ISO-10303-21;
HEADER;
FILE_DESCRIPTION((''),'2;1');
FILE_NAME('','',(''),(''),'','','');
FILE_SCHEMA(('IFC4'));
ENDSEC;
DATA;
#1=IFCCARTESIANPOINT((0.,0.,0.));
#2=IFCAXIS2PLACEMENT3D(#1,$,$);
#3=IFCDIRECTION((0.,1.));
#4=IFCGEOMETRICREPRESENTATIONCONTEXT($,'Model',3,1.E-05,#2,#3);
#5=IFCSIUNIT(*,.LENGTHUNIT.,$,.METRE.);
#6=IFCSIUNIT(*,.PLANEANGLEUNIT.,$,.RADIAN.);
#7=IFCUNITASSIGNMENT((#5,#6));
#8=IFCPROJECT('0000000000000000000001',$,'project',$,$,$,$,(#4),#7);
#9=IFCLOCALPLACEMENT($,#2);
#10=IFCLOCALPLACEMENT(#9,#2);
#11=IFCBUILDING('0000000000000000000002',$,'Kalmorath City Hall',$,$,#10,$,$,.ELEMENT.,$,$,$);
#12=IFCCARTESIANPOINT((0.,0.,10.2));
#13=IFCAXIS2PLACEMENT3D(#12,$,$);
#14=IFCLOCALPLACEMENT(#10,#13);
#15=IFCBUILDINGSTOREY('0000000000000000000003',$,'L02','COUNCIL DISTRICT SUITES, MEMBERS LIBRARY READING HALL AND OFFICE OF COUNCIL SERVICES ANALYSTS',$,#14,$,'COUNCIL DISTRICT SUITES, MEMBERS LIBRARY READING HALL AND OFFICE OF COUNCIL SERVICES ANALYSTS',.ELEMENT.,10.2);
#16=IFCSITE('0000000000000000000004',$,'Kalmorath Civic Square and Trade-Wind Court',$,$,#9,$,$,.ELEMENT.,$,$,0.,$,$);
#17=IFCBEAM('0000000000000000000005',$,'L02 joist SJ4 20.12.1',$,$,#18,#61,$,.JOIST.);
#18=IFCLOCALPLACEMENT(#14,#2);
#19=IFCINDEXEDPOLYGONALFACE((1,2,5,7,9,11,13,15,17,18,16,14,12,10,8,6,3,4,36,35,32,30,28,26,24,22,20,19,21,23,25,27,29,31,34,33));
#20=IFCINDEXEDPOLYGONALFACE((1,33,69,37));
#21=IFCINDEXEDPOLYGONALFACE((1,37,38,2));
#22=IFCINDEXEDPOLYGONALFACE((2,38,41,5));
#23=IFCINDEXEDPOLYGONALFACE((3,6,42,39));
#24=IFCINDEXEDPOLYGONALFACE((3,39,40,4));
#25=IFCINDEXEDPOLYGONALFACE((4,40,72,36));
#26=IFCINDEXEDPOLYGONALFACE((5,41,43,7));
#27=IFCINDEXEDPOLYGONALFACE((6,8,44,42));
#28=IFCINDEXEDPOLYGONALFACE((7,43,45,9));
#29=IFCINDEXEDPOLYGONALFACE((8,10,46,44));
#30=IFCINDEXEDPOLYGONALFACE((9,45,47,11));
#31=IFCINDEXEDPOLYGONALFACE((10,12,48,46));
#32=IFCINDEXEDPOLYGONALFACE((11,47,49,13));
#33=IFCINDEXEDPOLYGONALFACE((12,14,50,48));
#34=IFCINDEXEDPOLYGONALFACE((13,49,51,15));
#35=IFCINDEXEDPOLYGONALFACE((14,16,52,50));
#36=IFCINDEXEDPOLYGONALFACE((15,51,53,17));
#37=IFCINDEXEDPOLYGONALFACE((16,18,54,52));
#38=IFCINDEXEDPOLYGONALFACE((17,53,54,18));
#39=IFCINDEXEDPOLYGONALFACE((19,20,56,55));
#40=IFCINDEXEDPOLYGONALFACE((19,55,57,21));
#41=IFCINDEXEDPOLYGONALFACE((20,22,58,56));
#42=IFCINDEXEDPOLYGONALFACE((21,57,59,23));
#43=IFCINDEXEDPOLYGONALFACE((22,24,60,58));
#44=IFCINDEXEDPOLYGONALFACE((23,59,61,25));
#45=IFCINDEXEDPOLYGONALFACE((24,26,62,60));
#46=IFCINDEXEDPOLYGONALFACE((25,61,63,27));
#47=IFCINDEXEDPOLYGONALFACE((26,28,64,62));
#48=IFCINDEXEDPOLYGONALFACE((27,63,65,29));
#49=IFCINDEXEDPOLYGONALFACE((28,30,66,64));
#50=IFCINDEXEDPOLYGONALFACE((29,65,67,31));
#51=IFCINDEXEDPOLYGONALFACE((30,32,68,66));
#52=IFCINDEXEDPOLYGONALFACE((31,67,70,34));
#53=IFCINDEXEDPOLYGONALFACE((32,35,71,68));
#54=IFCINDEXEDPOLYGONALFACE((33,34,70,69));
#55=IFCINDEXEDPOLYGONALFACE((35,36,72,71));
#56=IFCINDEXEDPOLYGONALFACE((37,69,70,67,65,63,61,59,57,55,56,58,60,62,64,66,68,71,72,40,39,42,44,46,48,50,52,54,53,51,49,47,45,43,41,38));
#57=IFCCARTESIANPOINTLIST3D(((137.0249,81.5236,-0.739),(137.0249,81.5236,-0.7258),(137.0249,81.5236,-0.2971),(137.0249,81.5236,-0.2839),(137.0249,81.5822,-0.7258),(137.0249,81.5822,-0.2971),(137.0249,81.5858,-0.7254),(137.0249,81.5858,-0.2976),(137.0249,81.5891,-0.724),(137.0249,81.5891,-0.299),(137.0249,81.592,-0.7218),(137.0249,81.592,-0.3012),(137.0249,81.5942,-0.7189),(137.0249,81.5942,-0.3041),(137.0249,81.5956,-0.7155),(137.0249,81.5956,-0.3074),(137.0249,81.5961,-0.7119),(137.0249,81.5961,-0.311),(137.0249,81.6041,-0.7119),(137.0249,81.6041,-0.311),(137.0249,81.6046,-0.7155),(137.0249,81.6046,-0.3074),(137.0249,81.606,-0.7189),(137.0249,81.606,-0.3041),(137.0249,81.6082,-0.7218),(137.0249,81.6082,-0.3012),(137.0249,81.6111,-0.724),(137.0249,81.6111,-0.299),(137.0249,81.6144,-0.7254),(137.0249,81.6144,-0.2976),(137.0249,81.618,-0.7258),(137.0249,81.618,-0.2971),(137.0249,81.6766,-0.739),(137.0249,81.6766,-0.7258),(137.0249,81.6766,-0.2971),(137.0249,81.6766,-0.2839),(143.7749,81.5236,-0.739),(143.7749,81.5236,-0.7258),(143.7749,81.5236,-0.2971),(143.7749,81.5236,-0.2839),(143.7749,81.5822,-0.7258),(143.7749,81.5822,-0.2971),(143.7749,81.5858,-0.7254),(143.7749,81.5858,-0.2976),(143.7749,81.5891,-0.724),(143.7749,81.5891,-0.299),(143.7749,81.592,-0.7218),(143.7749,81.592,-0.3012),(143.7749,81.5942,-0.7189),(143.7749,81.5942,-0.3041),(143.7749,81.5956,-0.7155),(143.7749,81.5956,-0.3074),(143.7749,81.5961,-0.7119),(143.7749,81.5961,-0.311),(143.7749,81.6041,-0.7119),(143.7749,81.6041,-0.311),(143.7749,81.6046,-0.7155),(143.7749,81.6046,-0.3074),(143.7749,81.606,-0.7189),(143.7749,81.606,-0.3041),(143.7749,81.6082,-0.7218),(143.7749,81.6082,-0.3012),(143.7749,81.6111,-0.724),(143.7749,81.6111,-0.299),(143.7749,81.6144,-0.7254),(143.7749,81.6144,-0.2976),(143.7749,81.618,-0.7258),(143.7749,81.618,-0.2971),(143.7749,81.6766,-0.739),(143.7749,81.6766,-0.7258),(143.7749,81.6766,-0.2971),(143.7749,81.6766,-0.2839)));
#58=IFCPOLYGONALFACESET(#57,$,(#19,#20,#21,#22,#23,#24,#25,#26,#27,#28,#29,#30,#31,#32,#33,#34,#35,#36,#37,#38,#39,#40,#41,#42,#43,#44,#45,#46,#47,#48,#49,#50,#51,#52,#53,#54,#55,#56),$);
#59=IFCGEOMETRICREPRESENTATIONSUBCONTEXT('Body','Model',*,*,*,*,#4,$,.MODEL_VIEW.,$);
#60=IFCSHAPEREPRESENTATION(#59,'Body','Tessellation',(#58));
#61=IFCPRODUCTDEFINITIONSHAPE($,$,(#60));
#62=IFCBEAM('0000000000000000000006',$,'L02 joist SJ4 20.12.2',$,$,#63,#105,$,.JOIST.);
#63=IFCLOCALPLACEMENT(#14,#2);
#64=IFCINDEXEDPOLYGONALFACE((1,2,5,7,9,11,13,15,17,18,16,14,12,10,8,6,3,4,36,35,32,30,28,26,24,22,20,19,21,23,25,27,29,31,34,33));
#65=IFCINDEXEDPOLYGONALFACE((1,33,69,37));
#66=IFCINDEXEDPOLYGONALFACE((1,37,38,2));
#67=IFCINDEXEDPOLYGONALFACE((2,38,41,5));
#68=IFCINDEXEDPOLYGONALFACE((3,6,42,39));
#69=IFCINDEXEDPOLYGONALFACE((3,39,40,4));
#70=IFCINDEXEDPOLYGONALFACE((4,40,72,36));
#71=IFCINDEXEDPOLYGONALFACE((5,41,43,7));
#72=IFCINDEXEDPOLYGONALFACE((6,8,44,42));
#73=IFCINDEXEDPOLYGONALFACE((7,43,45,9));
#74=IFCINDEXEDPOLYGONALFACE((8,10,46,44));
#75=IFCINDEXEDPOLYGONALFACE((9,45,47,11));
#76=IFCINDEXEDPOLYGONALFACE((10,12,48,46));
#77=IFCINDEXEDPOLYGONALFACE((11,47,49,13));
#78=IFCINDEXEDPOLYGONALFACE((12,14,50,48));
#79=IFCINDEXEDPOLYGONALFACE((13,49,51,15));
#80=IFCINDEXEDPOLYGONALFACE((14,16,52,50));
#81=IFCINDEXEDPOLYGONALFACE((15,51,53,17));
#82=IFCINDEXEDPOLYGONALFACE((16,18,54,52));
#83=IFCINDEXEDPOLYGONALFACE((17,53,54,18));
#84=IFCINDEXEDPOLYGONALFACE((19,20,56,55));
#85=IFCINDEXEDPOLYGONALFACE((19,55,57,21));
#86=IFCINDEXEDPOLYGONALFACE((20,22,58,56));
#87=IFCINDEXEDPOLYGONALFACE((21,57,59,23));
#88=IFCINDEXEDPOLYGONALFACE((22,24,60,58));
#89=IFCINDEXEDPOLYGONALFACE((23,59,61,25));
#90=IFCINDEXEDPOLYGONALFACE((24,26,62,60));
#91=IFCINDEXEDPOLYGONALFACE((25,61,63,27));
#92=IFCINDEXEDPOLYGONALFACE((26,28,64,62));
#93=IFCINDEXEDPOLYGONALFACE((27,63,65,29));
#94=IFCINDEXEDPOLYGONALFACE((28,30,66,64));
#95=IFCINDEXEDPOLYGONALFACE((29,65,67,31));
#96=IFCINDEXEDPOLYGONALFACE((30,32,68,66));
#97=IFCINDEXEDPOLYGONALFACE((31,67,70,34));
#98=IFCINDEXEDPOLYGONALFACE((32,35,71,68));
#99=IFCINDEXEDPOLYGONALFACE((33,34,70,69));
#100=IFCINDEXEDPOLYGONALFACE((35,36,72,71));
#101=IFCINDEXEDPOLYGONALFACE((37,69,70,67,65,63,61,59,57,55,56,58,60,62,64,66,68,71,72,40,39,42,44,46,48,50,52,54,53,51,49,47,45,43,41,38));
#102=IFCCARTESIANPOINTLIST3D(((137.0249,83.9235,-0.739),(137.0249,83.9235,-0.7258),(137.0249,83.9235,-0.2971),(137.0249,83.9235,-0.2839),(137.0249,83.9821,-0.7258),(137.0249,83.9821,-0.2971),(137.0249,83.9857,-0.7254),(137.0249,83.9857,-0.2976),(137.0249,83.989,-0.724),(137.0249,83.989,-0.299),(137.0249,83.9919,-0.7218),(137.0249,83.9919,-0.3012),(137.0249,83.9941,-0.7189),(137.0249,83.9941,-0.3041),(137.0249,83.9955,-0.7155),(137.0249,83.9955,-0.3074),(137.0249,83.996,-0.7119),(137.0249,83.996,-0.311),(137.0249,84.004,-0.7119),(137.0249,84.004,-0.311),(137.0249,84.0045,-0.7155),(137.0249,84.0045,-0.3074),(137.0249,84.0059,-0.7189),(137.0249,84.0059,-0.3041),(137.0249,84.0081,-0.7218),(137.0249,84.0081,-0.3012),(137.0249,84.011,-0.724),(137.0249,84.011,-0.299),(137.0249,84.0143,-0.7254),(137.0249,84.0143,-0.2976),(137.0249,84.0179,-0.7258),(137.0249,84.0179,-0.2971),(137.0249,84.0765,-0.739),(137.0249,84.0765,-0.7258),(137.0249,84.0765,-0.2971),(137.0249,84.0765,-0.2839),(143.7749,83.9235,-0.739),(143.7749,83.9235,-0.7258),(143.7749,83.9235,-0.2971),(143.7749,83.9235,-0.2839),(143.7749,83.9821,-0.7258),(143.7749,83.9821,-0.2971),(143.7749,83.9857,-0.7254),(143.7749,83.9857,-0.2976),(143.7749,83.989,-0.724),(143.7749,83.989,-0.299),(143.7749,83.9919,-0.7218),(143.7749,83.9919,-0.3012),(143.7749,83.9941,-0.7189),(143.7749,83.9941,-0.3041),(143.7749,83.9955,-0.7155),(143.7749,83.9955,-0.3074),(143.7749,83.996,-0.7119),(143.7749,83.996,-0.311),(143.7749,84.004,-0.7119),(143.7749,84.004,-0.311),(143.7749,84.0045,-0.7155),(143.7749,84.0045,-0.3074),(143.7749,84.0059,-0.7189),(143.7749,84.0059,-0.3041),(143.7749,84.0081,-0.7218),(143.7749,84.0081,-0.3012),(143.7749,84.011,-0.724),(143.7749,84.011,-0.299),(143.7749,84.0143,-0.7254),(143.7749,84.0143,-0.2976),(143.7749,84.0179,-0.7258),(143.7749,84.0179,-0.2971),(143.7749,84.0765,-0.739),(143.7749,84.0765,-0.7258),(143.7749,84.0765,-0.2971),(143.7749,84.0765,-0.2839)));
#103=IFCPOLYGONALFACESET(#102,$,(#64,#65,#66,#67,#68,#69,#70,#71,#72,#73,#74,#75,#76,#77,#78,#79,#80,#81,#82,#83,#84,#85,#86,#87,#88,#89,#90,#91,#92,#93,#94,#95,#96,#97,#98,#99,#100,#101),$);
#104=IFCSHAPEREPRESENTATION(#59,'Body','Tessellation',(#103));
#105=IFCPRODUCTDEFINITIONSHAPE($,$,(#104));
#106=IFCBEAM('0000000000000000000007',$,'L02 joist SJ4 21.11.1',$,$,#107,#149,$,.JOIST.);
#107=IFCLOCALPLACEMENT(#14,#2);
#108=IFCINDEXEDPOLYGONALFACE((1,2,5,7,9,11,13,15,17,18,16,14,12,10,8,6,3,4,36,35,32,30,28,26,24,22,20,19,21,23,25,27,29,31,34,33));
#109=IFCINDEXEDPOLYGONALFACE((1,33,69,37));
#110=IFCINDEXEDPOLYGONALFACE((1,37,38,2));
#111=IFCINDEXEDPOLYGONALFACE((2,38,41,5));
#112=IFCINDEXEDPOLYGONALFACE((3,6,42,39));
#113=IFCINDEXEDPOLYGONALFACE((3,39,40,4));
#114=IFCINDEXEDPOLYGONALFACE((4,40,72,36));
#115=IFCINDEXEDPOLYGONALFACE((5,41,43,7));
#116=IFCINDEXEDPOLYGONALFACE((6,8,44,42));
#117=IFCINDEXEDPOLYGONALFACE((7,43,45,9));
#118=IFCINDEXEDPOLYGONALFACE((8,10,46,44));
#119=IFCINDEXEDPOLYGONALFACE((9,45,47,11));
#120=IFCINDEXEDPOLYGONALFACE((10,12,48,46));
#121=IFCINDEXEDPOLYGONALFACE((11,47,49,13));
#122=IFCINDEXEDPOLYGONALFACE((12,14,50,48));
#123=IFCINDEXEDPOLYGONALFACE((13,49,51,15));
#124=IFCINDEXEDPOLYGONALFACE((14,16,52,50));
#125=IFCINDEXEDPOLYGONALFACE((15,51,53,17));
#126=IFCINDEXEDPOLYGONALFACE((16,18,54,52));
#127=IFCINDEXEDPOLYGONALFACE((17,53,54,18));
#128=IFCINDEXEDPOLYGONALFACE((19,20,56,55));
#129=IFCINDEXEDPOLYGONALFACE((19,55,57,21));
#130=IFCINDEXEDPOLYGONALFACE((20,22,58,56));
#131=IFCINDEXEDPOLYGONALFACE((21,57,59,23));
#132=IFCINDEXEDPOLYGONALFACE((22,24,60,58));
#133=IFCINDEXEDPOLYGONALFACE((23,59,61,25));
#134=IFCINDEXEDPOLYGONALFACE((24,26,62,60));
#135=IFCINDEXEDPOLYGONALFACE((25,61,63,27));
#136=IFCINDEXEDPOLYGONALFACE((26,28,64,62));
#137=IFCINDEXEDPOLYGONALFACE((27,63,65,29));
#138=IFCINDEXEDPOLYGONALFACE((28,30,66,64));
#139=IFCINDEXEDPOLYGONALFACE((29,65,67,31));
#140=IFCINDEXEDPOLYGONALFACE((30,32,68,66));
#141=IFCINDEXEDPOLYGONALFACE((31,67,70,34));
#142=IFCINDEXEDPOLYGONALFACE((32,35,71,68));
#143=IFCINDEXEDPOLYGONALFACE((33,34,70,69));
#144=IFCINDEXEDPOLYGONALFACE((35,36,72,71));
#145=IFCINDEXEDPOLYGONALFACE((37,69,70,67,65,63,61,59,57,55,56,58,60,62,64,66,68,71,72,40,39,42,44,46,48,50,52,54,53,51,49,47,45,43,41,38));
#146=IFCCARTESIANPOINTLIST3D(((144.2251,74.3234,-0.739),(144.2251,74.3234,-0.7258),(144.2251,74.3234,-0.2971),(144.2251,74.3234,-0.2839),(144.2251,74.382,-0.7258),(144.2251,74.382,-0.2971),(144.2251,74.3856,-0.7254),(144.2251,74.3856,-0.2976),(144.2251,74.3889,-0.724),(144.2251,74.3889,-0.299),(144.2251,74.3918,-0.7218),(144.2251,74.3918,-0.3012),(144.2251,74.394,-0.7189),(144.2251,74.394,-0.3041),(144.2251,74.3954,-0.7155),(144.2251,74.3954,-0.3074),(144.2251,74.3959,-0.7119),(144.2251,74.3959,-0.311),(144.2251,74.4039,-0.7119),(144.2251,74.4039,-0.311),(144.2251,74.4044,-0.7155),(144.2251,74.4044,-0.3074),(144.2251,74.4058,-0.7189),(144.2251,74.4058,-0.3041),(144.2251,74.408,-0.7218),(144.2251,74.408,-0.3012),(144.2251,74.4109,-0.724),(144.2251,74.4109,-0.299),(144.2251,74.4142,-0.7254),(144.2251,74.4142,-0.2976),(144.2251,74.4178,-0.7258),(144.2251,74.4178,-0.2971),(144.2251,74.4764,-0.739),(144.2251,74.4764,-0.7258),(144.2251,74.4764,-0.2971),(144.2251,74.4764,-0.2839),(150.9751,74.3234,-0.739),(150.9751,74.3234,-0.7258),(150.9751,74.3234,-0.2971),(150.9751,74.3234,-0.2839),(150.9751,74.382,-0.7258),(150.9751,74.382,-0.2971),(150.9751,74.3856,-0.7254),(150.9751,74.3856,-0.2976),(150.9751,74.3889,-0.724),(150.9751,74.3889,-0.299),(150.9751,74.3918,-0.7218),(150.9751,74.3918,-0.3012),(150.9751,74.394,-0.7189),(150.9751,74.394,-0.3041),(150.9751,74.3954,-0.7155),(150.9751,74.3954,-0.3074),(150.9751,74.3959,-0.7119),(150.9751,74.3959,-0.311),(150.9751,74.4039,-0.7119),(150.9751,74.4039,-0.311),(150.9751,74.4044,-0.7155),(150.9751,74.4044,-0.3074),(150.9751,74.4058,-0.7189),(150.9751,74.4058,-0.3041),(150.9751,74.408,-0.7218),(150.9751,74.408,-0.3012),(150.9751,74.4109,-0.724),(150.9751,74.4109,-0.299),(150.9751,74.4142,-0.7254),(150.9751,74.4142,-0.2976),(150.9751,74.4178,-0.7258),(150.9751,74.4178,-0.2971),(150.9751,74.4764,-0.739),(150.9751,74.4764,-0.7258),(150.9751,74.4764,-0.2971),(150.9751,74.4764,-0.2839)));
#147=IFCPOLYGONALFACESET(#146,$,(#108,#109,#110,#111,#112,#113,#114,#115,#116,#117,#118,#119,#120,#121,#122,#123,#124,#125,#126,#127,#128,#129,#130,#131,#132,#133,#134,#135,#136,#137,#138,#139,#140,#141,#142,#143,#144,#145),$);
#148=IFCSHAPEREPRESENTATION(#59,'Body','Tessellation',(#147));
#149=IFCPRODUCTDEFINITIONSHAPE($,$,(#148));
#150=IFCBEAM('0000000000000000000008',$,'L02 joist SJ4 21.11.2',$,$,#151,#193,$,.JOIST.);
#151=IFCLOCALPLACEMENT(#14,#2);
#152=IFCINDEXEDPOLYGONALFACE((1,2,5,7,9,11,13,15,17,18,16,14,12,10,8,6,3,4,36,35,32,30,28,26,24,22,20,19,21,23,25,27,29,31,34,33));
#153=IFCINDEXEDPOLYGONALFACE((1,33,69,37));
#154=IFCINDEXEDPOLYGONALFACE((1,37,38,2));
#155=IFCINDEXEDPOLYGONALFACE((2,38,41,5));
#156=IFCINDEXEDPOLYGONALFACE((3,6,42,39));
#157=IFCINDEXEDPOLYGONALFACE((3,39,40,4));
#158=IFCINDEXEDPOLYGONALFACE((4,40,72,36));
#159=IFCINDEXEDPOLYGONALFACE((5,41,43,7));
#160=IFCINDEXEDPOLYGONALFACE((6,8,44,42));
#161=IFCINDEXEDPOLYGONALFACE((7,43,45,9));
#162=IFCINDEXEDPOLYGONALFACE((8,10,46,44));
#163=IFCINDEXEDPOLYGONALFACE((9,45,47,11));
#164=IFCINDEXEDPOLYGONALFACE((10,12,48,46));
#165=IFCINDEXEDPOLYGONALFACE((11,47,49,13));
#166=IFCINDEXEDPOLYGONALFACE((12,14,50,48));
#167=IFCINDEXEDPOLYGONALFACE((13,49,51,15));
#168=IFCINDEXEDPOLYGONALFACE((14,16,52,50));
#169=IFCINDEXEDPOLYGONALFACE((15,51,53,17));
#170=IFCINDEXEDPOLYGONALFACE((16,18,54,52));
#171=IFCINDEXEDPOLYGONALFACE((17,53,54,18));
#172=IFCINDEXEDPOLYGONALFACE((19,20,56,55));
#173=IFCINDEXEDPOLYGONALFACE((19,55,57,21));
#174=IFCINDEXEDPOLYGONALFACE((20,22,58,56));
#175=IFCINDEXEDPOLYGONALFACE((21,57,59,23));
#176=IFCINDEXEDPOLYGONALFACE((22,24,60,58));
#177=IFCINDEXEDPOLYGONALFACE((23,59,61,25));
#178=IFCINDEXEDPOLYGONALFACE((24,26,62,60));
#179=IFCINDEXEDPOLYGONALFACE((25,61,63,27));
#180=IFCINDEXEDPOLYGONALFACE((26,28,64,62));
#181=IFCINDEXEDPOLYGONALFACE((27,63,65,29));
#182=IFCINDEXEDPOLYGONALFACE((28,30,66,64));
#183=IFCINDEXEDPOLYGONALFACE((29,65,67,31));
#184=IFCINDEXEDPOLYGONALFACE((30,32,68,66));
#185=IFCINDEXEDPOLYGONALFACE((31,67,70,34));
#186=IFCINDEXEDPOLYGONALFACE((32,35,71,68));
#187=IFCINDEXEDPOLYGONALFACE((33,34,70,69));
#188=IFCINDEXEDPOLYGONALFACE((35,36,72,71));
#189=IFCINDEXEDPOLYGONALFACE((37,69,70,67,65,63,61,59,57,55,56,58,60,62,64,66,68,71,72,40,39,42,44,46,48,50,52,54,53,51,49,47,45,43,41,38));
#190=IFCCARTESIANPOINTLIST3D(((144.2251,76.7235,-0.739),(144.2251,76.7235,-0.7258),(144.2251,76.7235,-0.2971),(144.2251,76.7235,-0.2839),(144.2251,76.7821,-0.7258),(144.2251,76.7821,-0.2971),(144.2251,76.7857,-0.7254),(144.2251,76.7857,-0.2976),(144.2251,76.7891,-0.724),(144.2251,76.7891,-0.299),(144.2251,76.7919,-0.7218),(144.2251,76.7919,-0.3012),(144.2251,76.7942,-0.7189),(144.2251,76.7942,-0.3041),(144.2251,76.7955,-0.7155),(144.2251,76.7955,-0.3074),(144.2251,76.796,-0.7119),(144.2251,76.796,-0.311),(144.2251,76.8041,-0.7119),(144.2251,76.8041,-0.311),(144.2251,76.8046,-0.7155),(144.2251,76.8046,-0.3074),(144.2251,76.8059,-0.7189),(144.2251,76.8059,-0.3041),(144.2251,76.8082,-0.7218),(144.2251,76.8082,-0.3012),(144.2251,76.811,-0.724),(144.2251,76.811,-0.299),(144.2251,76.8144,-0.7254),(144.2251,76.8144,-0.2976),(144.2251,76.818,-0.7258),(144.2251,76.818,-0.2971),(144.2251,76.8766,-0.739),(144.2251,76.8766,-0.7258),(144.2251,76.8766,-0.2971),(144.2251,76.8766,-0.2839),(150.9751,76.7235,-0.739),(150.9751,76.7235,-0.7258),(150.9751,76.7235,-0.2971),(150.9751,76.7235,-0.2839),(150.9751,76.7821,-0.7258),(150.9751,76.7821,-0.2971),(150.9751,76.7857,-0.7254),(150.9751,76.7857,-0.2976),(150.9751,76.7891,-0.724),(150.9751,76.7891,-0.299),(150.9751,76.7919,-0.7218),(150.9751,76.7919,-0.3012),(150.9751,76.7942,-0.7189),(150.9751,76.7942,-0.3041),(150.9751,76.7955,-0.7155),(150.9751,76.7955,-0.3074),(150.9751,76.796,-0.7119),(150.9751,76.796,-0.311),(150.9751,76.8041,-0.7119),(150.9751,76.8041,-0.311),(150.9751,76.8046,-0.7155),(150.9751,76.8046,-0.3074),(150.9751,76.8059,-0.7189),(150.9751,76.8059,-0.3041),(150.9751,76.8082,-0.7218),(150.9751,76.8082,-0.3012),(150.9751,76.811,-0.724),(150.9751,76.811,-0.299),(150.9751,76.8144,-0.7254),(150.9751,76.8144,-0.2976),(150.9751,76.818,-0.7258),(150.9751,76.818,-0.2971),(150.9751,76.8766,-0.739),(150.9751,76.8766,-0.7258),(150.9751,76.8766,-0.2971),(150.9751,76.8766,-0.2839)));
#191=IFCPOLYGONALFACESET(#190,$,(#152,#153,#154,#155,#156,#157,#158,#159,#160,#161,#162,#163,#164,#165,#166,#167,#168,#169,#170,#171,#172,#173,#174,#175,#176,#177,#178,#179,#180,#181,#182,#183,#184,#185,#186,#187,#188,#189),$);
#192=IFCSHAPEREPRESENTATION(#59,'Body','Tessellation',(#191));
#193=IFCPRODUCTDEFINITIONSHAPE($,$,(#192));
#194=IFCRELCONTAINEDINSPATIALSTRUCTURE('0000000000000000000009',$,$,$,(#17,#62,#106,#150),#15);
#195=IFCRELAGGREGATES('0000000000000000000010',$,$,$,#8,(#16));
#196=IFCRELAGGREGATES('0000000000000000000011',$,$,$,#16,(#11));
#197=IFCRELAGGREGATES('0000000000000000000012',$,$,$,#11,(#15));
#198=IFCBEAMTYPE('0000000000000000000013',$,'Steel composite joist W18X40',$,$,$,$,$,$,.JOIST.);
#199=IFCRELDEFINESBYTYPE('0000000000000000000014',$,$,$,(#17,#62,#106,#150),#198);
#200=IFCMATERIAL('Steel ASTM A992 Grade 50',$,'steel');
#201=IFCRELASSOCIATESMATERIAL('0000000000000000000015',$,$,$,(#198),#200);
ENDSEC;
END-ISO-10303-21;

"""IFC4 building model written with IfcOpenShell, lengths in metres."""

from ifc_helpers import new_model, si_unit, direction, frame, origin, origin_2d, place, context, subcontext, project, spatial, i_section, extrude, material, material_profile, profile_set, type_object, element, save


model = new_model("IFC4")

# Units and contexts
model_context = context("Model", 3, precision=1e-05, world=origin(), true_north=direction((0.0, 1.0)))
body_context = subcontext(model_context, "Body", "Model", "MODEL_VIEW")
ifc_project = project(units=[si_unit("LENGTHUNIT", "METRE"), si_unit("PLANEANGLEUNIT", "RADIAN")], contexts=[model_context])

# Site, building, storey
site_placement = place(None, origin())
site = spatial("IfcSite", under=ifc_project, at=site_placement, Name="Kalmorath Civic Square and Trade-Wind Court", CompositionType="ELEMENT", RefElevation=0.0)
building_placement = place(site_placement, origin())
building = spatial("IfcBuilding", under=site, at=building_placement, Name="Kalmorath City Hall", CompositionType="ELEMENT")
storey_placement = place(building_placement, frame((0.0, 0.0, 10.2)))
storey = spatial("IfcBuildingStorey", under=building, at=storey_placement, Name="L02", Description="COUNCIL DISTRICT SUITES, MEMBERS LIBRARY READING HALL AND OFFICE OF COUNCIL SERVICES ANALYSTS", LongName="COUNCIL DISTRICT SUITES, MEMBERS LIBRARY READING HALL AND OFFICE OF COUNCIL SERVICES ANALYSTS", CompositionType="ELEMENT", Elevation=10.2)

# Beams
ifc_material_1 = material(Name="Steel ASTM A992 Grade 50", Category="steel")
ifc_material_profile_1 = material_profile(ifc_material_1, i_section(OverallWidth=0.1531, OverallDepth=0.4551, WebThickness=0.0081, FlangeThickness=0.0132, FilletRadius=0.0139, at=origin_2d()), Name="W18X40")
ifc_profile_set_1 = profile_set([ifc_material_profile_1], Name="Steel ASTM A992 Grade 50")
beam_type_1 = type_object("IfcBeamType", Name="Steel composite joist W18X40", PredefinedType="JOIST", material=ifc_profile_set_1)
for number, where, z_axis, x_axis, name in (
    (1, (137.0249, 81.6001, -0.5115), (1.0, 0.0, 0.0), (0.0, 1.0, 0.0), "L02 joist SJ4 20.12.1"),
    (2, (137.0249, 84.0, -0.5115), (1.0, 0.0, 0.0), (0.0, 1.0, 0.0), "L02 joist SJ4 20.12.2"),
    (3, (144.2251, 74.3999, -0.5115), (1.0, 0.0, 0.0), (0.0, 1.0, 0.0), "L02 joist SJ4 21.11.1"),
    (4, (144.2251, 76.8, -0.5115), (1.0, 0.0, 0.0), (0.0, 1.0, 0.0), "L02 joist SJ4 21.11.2"),
):
    element("IfcBeam", number, at=place(storey_placement, frame(where, z_axis=z_axis, x_axis=x_axis)), inside=storey, type_object=beam_type_1, Name=name, PredefinedType="JOIST", context=body_context, shape_type="SweptSolid", body=[
        extrude(i_section(OverallWidth=0.1531, OverallDepth=0.4551, WebThickness=0.0081, FlangeThickness=0.0132, FilletRadius=0.0139, at=origin_2d()), origin(), (0.0, 0.0, 1.0), 6.75),
    ])

save(model, "model.ifc")
